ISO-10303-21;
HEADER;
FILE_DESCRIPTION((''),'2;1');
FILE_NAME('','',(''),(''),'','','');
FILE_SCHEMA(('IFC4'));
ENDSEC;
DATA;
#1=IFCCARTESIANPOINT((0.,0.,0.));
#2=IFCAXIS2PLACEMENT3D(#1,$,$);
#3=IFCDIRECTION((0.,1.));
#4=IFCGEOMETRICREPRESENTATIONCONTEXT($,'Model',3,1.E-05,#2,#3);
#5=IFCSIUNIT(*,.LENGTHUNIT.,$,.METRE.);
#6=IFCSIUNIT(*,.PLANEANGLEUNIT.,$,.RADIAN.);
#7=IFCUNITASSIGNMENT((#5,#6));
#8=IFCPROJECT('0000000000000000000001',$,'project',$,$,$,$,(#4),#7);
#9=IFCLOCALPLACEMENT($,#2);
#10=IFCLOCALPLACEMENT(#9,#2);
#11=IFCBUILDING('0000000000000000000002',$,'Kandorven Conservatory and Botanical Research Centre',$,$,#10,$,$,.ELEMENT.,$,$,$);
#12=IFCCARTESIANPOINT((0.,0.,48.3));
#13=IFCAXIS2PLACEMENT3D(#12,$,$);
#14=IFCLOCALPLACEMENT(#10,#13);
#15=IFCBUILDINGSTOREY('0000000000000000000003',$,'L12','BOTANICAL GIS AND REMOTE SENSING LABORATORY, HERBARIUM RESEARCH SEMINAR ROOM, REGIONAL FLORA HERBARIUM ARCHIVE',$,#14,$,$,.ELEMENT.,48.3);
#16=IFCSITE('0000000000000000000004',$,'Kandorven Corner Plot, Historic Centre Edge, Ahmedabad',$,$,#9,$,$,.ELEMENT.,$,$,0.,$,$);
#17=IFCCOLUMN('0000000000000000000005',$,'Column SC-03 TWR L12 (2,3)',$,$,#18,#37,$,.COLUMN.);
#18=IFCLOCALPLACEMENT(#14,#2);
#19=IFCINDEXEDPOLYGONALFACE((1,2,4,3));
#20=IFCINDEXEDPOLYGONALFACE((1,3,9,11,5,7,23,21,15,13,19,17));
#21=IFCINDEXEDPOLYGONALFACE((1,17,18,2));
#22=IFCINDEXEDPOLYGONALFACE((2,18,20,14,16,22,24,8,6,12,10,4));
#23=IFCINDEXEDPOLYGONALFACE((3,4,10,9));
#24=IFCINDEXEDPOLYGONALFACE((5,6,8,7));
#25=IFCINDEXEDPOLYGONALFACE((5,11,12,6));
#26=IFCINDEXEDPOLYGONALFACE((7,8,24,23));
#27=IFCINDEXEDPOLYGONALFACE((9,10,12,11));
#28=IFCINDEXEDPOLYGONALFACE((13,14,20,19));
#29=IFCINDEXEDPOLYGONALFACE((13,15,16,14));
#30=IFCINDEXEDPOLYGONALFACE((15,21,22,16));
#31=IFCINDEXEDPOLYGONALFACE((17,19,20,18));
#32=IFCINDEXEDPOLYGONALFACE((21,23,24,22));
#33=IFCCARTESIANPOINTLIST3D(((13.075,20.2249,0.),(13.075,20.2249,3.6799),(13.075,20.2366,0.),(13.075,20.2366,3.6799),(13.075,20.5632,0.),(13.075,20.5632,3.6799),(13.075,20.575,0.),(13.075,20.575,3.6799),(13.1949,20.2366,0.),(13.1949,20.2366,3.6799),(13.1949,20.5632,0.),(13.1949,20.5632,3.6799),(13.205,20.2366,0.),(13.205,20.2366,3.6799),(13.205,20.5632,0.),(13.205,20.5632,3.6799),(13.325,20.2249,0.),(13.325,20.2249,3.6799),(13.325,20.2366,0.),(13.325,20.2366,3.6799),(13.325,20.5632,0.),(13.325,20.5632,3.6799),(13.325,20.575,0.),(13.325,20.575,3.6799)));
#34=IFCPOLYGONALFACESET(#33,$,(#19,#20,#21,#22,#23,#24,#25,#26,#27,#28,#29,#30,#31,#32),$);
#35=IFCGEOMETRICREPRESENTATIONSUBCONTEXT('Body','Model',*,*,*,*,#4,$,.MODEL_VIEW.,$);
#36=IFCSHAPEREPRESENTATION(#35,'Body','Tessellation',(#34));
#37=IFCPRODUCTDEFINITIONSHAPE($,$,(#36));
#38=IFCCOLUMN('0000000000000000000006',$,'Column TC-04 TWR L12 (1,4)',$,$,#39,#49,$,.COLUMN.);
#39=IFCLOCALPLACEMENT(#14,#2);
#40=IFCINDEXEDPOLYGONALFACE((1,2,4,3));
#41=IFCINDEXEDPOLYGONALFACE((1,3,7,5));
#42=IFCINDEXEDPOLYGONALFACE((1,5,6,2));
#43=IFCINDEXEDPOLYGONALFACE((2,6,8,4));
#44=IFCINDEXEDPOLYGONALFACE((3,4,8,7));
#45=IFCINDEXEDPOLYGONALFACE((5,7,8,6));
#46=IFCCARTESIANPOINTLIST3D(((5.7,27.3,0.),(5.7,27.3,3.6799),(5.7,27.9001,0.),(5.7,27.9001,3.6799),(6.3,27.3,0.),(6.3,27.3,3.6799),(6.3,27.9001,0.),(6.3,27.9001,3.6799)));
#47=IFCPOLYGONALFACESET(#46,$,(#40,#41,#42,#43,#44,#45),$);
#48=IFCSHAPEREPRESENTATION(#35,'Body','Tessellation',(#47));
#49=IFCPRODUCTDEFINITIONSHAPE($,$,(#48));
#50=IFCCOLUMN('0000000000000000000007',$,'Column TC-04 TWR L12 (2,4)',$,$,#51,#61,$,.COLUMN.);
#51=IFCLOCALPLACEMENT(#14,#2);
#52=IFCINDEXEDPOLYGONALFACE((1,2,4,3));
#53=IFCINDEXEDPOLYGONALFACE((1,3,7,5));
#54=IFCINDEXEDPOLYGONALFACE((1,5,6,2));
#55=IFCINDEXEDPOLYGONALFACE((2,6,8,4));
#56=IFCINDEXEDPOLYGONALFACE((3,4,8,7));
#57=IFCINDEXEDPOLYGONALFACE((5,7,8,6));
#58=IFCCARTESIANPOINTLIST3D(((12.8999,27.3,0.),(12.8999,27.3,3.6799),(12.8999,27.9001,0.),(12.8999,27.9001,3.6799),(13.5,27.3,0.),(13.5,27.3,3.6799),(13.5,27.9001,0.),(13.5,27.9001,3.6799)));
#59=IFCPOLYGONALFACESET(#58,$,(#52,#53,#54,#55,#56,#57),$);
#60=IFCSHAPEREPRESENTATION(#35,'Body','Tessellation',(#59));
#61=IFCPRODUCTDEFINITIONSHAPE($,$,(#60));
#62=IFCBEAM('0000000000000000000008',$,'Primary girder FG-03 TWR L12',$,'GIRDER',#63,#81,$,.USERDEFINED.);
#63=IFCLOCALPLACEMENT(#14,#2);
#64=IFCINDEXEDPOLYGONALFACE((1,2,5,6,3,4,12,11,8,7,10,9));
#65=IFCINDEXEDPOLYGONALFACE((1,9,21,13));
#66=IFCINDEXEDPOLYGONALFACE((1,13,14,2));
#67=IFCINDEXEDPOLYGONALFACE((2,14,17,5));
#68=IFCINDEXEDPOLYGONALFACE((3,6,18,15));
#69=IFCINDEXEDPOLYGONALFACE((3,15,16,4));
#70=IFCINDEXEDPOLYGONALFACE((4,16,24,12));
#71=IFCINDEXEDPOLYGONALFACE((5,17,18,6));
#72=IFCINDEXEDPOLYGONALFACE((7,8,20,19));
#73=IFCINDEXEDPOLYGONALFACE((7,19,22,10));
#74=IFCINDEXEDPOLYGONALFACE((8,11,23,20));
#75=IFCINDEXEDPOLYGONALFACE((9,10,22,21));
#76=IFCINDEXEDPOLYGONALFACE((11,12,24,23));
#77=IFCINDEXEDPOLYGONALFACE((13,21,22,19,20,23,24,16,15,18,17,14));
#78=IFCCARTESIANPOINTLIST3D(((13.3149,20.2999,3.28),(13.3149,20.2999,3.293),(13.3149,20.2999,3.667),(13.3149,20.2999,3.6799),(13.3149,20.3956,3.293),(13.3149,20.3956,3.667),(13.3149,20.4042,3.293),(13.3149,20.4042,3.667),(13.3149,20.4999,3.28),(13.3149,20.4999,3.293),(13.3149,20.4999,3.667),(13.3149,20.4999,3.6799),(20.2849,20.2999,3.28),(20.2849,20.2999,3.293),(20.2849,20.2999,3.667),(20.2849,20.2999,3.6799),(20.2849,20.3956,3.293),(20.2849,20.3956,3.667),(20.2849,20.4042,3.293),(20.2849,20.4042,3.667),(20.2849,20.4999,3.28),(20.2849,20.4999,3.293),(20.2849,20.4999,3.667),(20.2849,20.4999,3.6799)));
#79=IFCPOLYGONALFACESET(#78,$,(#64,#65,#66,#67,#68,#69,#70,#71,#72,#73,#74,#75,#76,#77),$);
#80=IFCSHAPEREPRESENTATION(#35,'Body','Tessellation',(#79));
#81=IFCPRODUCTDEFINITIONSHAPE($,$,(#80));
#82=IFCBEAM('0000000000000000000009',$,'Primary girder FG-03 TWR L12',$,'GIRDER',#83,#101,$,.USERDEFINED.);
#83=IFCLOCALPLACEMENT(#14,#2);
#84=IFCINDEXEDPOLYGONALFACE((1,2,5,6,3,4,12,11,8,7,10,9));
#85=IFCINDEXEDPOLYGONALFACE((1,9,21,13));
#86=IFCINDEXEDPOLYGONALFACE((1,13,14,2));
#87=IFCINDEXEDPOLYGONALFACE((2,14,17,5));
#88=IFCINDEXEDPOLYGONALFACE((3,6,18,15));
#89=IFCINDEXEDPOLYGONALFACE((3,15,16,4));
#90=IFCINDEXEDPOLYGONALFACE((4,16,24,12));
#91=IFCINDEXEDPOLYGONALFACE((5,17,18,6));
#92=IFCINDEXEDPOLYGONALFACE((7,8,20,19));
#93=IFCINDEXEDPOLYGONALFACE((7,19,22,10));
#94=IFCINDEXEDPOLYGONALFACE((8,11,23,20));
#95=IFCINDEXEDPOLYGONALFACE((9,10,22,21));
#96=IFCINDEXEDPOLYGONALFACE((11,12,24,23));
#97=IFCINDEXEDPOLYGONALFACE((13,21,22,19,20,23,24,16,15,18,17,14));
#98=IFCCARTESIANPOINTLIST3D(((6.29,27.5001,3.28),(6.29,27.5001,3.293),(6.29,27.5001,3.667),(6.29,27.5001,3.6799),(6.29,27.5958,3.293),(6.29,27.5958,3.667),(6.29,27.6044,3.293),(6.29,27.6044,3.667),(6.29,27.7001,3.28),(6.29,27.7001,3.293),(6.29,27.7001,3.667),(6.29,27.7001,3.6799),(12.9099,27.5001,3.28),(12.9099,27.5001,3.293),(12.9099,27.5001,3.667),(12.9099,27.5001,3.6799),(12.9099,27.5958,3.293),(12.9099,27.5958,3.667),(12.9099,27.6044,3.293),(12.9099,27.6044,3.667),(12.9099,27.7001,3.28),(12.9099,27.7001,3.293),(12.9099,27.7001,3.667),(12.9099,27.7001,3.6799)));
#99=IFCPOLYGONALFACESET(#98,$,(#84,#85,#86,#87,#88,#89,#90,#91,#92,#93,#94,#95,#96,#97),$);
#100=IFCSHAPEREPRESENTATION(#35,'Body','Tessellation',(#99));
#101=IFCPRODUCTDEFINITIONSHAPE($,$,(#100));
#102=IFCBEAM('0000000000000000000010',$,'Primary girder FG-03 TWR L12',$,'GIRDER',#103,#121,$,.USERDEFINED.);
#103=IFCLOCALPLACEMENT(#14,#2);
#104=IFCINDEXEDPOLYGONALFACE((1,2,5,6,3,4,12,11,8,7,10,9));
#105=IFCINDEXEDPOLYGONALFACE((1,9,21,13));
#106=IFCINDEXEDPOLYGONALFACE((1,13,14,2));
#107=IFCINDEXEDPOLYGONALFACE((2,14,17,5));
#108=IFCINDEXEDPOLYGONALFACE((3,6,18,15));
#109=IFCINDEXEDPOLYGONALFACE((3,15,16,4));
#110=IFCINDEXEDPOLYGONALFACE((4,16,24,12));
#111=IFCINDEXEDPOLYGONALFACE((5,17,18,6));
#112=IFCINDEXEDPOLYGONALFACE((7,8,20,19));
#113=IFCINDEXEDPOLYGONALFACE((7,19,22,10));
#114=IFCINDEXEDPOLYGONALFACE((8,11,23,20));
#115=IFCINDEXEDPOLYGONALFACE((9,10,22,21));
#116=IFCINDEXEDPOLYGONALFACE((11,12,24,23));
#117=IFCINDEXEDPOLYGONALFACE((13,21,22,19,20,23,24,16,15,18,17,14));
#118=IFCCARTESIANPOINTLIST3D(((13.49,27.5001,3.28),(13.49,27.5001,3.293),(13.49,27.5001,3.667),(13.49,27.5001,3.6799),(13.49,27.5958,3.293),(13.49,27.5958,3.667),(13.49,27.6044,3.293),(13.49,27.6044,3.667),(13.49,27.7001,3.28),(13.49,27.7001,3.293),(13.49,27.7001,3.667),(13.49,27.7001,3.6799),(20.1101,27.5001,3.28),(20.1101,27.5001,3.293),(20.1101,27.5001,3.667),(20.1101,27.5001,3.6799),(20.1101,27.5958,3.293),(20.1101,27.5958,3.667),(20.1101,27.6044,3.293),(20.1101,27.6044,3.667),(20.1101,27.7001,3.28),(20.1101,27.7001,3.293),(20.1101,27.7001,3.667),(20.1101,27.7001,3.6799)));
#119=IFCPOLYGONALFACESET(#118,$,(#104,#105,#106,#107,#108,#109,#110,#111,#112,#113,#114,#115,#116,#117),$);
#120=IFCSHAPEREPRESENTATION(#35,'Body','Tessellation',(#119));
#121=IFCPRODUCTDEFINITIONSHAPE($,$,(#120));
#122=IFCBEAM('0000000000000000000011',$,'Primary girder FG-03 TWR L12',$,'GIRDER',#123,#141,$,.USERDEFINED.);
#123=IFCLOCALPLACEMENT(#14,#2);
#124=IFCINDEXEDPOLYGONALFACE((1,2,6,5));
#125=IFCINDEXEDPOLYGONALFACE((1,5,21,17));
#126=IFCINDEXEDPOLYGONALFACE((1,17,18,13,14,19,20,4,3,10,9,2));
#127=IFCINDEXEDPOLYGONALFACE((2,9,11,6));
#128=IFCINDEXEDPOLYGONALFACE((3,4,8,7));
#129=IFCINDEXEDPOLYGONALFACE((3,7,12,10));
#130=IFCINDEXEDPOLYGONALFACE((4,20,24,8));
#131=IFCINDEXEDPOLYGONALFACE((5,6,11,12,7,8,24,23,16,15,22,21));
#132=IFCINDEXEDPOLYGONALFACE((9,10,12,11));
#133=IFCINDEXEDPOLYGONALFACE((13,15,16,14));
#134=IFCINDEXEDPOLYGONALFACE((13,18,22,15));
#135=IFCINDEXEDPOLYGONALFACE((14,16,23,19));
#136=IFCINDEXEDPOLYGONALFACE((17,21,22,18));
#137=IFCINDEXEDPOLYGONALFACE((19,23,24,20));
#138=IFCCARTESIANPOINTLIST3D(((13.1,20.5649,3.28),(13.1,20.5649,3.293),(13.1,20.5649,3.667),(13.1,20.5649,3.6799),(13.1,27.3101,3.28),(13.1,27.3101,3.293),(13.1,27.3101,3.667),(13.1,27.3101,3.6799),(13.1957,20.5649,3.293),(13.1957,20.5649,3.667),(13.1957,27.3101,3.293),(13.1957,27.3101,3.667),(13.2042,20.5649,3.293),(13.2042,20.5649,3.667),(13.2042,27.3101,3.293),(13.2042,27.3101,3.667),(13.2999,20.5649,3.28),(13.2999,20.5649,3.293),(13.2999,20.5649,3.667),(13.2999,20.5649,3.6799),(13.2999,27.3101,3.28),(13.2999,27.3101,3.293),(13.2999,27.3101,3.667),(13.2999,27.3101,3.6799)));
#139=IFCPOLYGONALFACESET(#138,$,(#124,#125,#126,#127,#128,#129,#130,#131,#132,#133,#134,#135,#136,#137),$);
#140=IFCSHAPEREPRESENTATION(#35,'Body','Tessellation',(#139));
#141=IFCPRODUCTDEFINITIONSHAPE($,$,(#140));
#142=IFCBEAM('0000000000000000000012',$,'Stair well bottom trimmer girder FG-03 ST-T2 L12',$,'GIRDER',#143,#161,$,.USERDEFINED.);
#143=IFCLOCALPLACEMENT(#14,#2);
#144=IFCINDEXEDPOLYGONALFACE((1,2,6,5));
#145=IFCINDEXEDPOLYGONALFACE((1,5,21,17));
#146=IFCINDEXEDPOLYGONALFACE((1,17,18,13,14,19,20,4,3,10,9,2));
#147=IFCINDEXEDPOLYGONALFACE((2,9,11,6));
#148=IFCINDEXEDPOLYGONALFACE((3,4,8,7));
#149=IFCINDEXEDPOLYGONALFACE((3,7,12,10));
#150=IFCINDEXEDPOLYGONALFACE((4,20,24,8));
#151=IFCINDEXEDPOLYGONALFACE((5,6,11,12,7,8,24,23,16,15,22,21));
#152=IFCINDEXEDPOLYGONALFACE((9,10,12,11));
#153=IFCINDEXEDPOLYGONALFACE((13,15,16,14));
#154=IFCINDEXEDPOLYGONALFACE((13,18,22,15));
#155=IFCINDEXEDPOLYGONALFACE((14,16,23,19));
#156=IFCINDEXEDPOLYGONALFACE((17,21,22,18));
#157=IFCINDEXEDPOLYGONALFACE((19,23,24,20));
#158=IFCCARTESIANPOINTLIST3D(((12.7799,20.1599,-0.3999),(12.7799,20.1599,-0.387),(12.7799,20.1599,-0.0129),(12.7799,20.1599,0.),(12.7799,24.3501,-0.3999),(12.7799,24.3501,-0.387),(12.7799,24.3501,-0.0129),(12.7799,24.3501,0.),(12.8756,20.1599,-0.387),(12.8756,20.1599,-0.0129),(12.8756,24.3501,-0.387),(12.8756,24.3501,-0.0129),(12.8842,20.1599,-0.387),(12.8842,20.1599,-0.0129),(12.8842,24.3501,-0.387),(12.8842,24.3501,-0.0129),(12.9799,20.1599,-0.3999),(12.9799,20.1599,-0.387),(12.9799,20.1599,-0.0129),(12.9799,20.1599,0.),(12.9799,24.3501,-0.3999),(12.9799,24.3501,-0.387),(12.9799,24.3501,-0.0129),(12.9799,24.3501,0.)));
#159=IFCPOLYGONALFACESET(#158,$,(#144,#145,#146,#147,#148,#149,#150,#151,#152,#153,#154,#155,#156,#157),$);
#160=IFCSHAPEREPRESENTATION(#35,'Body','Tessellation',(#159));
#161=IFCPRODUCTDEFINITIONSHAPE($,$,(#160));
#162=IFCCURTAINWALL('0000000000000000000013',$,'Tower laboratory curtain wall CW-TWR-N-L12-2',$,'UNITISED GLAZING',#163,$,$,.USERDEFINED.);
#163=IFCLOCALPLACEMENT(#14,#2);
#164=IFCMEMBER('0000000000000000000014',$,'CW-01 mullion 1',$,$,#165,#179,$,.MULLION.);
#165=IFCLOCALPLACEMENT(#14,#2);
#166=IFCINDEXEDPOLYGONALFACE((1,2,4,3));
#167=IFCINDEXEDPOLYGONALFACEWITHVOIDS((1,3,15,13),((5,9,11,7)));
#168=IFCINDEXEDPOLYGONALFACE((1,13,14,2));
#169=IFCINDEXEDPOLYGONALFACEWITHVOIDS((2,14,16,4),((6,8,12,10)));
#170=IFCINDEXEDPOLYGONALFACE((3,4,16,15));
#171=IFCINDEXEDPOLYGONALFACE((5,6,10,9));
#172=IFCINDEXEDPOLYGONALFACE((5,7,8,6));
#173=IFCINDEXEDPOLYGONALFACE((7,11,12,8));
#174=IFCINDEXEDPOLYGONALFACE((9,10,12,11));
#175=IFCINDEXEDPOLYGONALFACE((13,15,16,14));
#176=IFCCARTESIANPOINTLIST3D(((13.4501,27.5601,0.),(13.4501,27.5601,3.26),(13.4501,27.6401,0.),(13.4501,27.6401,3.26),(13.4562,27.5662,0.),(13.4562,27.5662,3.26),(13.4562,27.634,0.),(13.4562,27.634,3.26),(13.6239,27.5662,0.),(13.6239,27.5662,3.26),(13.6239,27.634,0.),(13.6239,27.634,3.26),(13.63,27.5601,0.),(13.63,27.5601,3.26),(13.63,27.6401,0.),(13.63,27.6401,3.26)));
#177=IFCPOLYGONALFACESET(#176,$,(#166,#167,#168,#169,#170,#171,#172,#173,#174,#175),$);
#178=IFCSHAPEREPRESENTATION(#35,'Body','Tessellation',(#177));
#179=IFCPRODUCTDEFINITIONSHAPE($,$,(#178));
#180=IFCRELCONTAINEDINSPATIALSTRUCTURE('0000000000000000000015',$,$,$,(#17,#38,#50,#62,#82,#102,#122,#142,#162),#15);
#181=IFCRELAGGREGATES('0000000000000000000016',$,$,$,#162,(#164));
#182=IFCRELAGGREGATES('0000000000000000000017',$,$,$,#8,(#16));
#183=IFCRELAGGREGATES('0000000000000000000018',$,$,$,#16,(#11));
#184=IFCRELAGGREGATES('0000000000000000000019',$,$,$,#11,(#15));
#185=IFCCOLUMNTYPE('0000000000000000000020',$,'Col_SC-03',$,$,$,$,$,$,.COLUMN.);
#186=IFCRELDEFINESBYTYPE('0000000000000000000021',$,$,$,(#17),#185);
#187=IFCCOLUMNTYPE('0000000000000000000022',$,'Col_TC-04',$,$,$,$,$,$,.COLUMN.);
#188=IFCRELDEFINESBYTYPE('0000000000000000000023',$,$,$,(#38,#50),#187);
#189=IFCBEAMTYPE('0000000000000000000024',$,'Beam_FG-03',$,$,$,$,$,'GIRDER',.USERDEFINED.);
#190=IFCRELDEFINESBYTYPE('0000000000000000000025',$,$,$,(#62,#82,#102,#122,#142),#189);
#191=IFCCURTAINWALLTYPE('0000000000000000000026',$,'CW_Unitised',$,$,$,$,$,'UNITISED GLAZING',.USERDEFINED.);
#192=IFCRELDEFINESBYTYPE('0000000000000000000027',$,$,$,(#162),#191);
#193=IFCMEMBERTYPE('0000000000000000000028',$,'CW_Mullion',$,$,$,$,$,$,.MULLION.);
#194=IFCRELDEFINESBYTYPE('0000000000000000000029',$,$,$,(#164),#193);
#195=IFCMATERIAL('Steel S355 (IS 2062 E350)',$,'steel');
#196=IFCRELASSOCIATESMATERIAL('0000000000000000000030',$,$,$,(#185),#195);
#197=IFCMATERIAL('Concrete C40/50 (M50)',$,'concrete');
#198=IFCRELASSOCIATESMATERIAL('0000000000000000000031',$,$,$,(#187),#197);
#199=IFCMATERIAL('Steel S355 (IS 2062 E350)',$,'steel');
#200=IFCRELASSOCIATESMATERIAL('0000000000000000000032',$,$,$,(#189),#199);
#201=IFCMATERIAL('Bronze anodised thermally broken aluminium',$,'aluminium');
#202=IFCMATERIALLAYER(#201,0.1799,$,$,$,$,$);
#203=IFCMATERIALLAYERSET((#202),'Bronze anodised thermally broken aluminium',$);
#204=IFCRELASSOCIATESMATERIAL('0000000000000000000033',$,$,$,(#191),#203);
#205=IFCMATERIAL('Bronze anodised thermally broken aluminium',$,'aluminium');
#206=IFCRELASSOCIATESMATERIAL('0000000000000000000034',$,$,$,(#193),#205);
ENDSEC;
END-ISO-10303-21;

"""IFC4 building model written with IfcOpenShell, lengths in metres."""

from ifc_helpers import new_model, si_unit, direction, frame, origin, origin_2d, place, context, subcontext, project, spatial, rectangle, hollow_rectangle, i_section, extrude, material, layer, layer_set, material_profile, profile_set, type_object, element, aggregate, save


model = new_model("IFC4")

# Units and contexts
model_context = context("Model", 3, precision=1e-05, world=origin(), true_north=direction((0.0, 1.0)))
body_context = subcontext(model_context, "Body", "Model", "MODEL_VIEW")
ifc_project = project(units=[si_unit("LENGTHUNIT", "METRE"), si_unit("PLANEANGLEUNIT", "RADIAN")], contexts=[model_context])

# Site, building, storey
site_placement = place(None, origin())
site = spatial("IfcSite", under=ifc_project, at=site_placement, Name="Kandorven Corner Plot, Historic Centre Edge, Ahmedabad", CompositionType="ELEMENT", RefElevation=0.0)
building_placement = place(site_placement, origin())
building = spatial("IfcBuilding", under=site, at=building_placement, Name="Kandorven Conservatory and Botanical Research Centre", CompositionType="ELEMENT")
storey_placement = place(building_placement, frame((0.0, 0.0, 48.3)))
storey = spatial("IfcBuildingStorey", under=building, at=storey_placement, Name="L12", Description="BOTANICAL GIS AND REMOTE SENSING LABORATORY, HERBARIUM RESEARCH SEMINAR ROOM, REGIONAL FLORA HERBARIUM ARCHIVE", CompositionType="ELEMENT", Elevation=48.3)

# Columns
ifc_material_1 = material(Name="Steel S355 (IS 2062 E350)", Category="steel")
ifc_material_profile_1 = material_profile(ifc_material_1, i_section(OverallWidth=0.25, OverallDepth=0.3501, WebThickness=0.01, FlangeThickness=0.0117, at=origin_2d()))
ifc_profile_set_1 = profile_set([ifc_material_profile_1], Name="Steel S355 (IS 2062 E350)")
column_type_1 = type_object("IfcColumnType", Name="Col_SC-03", PredefinedType="COLUMN", material=ifc_profile_set_1)
column_placement = place(storey_placement, frame((13.2, 20.3999, 0.0), z_axis=(0.0, 0.0, 1.0), x_axis=(1.0, 0.0, 0.0)))
element("IfcColumn", 1, at=column_placement, inside=storey, type_object=column_type_1, Name="Column SC-03 TWR L12 (2,3)", PredefinedType="COLUMN", context=body_context, shape_type="SweptSolid", body=[
    extrude(i_section(OverallWidth=0.25, OverallDepth=0.3501, WebThickness=0.01, FlangeThickness=0.0117, at=origin_2d()), origin(), (0.0, 0.0, 1.0), 3.6799),
])
ifc_material_2 = material(Name="Concrete C40/50 (M50)", Category="concrete")
ifc_material_profile_2 = material_profile(ifc_material_2, rectangle(XDim=0.6001, YDim=0.6001, at=origin_2d()))
ifc_profile_set_2 = profile_set([ifc_material_profile_2], Name="Concrete C40/50 (M50)")
column_type_2 = type_object("IfcColumnType", Name="Col_TC-04", PredefinedType="COLUMN", material=ifc_profile_set_2)
for number, where, z_axis, x_axis, name in (
    (2, (6.0, 27.6001, 0.0), (0.0, 0.0, 1.0), (1.0, 0.0, 0.0), "Column TC-04 TWR L12 (1,4)"),
    (3, (13.2, 27.6001, 0.0), (0.0, 0.0, 1.0), (1.0, 0.0, 0.0), "Column TC-04 TWR L12 (2,4)"),
):
    element("IfcColumn", number, at=place(storey_placement, frame(where, z_axis=z_axis, x_axis=x_axis)), inside=storey, type_object=column_type_2, Name=name, PredefinedType="COLUMN", context=body_context, shape_type="SweptSolid", body=[
        extrude(rectangle(XDim=0.6001, YDim=0.6001, at=origin_2d()), origin(), (0.0, 0.0, 1.0), 3.6799),
    ])

# Beams
ifc_material_3 = material(Name="Steel S355 (IS 2062 E350)", Category="steel")
ifc_material_profile_3 = material_profile(ifc_material_3, i_section(OverallWidth=0.2, OverallDepth=0.3999, WebThickness=0.0085, FlangeThickness=0.0129, at=origin_2d()))
ifc_profile_set_3 = profile_set([ifc_material_profile_3], Name="Steel S355 (IS 2062 E350)")
beam_type = type_object("IfcBeamType", Name="Beam_FG-03", ElementType="GIRDER", PredefinedType="USERDEFINED", material=ifc_profile_set_3)
beam_1_placement = place(storey_placement, frame((13.3149, 20.3999, 3.48), z_axis=(1.0, 0.0, 0.0), x_axis=(0.0, 1.0, 0.0)))
element("IfcBeam", 4, at=beam_1_placement, inside=storey, type_object=beam_type, Name="Primary girder FG-03 TWR L12", ObjectType="GIRDER", PredefinedType="USERDEFINED", context=body_context, shape_type="SweptSolid", body=[
    extrude(i_section(OverallWidth=0.2, OverallDepth=0.3999, WebThickness=0.0085, FlangeThickness=0.0129, at=origin_2d()), origin(), (0.0, 0.0, 1.0), 6.97),
])
beam_2_placement = place(storey_placement, frame((6.29, 27.6001, 3.48), z_axis=(1.0, 0.0, 0.0), x_axis=(0.0, 1.0, 0.0)))
element("IfcBeam", 5, at=beam_2_placement, inside=storey, type_object=beam_type, Name="Primary girder FG-03 TWR L12", ObjectType="GIRDER", PredefinedType="USERDEFINED", context=body_context, shape_type="SweptSolid", body=[
    extrude(i_section(OverallWidth=0.2, OverallDepth=0.3999, WebThickness=0.0085, FlangeThickness=0.0129, at=origin_2d()), origin(), (0.0, 0.0, 1.0), 6.6199),
])
beam_3_placement = place(storey_placement, frame((13.49, 27.6001, 3.48), z_axis=(1.0, 0.0, 0.0), x_axis=(0.0, 1.0, 0.0)))
element("IfcBeam", 6, at=beam_3_placement, inside=storey, type_object=beam_type, Name="Primary girder FG-03 TWR L12", ObjectType="GIRDER", PredefinedType="USERDEFINED", context=body_context, shape_type="SweptSolid", body=[
    extrude(i_section(OverallWidth=0.2, OverallDepth=0.3999, WebThickness=0.0085, FlangeThickness=0.0129, at=origin_2d()), origin(), (0.0, 0.0, 1.0), 6.6201),
])
beam_4_placement = place(storey_placement, frame((13.2, 20.5649, 3.48), z_axis=(0.0, 1.0, 0.0), x_axis=(-1.0, 0.0, 0.0)))
element("IfcBeam", 7, at=beam_4_placement, inside=storey, type_object=beam_type, Name="Primary girder FG-03 TWR L12", ObjectType="GIRDER", PredefinedType="USERDEFINED", context=body_context, shape_type="SweptSolid", body=[
    extrude(i_section(OverallWidth=0.2, OverallDepth=0.3999, WebThickness=0.0085, FlangeThickness=0.0129, at=origin_2d()), origin(), (0.0, 0.0, 1.0), 6.7451),
])
beam_5_placement = place(storey_placement, frame((12.8799, 24.3501, -0.2), z_axis=(0.0, -1.0, 0.0), x_axis=(1.0, 0.0, 0.0)))
element("IfcBeam", 8, at=beam_5_placement, inside=storey, type_object=beam_type, Name="Stair well bottom trimmer girder FG-03 ST-T2 L12", ObjectType="GIRDER", PredefinedType="USERDEFINED", context=body_context, shape_type="SweptSolid", body=[
    extrude(i_section(OverallWidth=0.2, OverallDepth=0.3999, WebThickness=0.0085, FlangeThickness=0.0129, at=origin_2d()), origin(), (0.0, 0.0, 1.0), 4.1902),
])

# Curtain wall, member
ifc_material_4 = material(Name="Bronze anodised thermally broken aluminium", Category="aluminium")
ifc_layer_1 = layer(ifc_material_4, 0.1799)
ifc_layer_set_1 = layer_set([ifc_layer_1], Name="Bronze anodised thermally broken aluminium")
curtain_wall_type = type_object("IfcCurtainWallType", Name="CW_Unitised", ElementType="UNITISED GLAZING", PredefinedType="USERDEFINED", material=ifc_layer_set_1)
curtain_wall_1_placement = place(storey_placement, origin())
curtain_wall_1 = element("IfcCurtainWall", 9, at=curtain_wall_1_placement, inside=storey, type_object=curtain_wall_type, Name="Tower laboratory curtain wall CW-TWR-N-L12-2", ObjectType="UNITISED GLAZING", PredefinedType="USERDEFINED")
ifc_material_5 = material(Name="Bronze anodised thermally broken aluminium", Category="aluminium")
ifc_material_profile_4 = material_profile(ifc_material_5, hollow_rectangle(XDim=0.0801, YDim=0.1799, WallThickness=0.0061, at=origin_2d()))
ifc_profile_set_4 = profile_set([ifc_material_profile_4], Name="Bronze anodised thermally broken aluminium")
member_type_1 = type_object("IfcMemberType", Name="CW_Mullion", PredefinedType="MULLION", material=ifc_profile_set_4)
member_1_placement = place(storey_placement, frame((13.54, 27.6001, 0.0), z_axis=(0.0, 0.0, 1.0), x_axis=(0.0, 1.0, 0.0)))
member_1 = element("IfcMember", 10, at=member_1_placement, type_object=member_type_1, Name="CW-01 mullion 1", PredefinedType="MULLION", context=body_context, shape_type="SweptSolid", body=[
    extrude(hollow_rectangle(XDim=0.0801, YDim=0.1799, WallThickness=0.0061, at=origin_2d()), origin(), (0.0, 0.0, 1.0), 3.26),
])

aggregate(curtain_wall_1, [member_1])

save(model, "model.ifc")
